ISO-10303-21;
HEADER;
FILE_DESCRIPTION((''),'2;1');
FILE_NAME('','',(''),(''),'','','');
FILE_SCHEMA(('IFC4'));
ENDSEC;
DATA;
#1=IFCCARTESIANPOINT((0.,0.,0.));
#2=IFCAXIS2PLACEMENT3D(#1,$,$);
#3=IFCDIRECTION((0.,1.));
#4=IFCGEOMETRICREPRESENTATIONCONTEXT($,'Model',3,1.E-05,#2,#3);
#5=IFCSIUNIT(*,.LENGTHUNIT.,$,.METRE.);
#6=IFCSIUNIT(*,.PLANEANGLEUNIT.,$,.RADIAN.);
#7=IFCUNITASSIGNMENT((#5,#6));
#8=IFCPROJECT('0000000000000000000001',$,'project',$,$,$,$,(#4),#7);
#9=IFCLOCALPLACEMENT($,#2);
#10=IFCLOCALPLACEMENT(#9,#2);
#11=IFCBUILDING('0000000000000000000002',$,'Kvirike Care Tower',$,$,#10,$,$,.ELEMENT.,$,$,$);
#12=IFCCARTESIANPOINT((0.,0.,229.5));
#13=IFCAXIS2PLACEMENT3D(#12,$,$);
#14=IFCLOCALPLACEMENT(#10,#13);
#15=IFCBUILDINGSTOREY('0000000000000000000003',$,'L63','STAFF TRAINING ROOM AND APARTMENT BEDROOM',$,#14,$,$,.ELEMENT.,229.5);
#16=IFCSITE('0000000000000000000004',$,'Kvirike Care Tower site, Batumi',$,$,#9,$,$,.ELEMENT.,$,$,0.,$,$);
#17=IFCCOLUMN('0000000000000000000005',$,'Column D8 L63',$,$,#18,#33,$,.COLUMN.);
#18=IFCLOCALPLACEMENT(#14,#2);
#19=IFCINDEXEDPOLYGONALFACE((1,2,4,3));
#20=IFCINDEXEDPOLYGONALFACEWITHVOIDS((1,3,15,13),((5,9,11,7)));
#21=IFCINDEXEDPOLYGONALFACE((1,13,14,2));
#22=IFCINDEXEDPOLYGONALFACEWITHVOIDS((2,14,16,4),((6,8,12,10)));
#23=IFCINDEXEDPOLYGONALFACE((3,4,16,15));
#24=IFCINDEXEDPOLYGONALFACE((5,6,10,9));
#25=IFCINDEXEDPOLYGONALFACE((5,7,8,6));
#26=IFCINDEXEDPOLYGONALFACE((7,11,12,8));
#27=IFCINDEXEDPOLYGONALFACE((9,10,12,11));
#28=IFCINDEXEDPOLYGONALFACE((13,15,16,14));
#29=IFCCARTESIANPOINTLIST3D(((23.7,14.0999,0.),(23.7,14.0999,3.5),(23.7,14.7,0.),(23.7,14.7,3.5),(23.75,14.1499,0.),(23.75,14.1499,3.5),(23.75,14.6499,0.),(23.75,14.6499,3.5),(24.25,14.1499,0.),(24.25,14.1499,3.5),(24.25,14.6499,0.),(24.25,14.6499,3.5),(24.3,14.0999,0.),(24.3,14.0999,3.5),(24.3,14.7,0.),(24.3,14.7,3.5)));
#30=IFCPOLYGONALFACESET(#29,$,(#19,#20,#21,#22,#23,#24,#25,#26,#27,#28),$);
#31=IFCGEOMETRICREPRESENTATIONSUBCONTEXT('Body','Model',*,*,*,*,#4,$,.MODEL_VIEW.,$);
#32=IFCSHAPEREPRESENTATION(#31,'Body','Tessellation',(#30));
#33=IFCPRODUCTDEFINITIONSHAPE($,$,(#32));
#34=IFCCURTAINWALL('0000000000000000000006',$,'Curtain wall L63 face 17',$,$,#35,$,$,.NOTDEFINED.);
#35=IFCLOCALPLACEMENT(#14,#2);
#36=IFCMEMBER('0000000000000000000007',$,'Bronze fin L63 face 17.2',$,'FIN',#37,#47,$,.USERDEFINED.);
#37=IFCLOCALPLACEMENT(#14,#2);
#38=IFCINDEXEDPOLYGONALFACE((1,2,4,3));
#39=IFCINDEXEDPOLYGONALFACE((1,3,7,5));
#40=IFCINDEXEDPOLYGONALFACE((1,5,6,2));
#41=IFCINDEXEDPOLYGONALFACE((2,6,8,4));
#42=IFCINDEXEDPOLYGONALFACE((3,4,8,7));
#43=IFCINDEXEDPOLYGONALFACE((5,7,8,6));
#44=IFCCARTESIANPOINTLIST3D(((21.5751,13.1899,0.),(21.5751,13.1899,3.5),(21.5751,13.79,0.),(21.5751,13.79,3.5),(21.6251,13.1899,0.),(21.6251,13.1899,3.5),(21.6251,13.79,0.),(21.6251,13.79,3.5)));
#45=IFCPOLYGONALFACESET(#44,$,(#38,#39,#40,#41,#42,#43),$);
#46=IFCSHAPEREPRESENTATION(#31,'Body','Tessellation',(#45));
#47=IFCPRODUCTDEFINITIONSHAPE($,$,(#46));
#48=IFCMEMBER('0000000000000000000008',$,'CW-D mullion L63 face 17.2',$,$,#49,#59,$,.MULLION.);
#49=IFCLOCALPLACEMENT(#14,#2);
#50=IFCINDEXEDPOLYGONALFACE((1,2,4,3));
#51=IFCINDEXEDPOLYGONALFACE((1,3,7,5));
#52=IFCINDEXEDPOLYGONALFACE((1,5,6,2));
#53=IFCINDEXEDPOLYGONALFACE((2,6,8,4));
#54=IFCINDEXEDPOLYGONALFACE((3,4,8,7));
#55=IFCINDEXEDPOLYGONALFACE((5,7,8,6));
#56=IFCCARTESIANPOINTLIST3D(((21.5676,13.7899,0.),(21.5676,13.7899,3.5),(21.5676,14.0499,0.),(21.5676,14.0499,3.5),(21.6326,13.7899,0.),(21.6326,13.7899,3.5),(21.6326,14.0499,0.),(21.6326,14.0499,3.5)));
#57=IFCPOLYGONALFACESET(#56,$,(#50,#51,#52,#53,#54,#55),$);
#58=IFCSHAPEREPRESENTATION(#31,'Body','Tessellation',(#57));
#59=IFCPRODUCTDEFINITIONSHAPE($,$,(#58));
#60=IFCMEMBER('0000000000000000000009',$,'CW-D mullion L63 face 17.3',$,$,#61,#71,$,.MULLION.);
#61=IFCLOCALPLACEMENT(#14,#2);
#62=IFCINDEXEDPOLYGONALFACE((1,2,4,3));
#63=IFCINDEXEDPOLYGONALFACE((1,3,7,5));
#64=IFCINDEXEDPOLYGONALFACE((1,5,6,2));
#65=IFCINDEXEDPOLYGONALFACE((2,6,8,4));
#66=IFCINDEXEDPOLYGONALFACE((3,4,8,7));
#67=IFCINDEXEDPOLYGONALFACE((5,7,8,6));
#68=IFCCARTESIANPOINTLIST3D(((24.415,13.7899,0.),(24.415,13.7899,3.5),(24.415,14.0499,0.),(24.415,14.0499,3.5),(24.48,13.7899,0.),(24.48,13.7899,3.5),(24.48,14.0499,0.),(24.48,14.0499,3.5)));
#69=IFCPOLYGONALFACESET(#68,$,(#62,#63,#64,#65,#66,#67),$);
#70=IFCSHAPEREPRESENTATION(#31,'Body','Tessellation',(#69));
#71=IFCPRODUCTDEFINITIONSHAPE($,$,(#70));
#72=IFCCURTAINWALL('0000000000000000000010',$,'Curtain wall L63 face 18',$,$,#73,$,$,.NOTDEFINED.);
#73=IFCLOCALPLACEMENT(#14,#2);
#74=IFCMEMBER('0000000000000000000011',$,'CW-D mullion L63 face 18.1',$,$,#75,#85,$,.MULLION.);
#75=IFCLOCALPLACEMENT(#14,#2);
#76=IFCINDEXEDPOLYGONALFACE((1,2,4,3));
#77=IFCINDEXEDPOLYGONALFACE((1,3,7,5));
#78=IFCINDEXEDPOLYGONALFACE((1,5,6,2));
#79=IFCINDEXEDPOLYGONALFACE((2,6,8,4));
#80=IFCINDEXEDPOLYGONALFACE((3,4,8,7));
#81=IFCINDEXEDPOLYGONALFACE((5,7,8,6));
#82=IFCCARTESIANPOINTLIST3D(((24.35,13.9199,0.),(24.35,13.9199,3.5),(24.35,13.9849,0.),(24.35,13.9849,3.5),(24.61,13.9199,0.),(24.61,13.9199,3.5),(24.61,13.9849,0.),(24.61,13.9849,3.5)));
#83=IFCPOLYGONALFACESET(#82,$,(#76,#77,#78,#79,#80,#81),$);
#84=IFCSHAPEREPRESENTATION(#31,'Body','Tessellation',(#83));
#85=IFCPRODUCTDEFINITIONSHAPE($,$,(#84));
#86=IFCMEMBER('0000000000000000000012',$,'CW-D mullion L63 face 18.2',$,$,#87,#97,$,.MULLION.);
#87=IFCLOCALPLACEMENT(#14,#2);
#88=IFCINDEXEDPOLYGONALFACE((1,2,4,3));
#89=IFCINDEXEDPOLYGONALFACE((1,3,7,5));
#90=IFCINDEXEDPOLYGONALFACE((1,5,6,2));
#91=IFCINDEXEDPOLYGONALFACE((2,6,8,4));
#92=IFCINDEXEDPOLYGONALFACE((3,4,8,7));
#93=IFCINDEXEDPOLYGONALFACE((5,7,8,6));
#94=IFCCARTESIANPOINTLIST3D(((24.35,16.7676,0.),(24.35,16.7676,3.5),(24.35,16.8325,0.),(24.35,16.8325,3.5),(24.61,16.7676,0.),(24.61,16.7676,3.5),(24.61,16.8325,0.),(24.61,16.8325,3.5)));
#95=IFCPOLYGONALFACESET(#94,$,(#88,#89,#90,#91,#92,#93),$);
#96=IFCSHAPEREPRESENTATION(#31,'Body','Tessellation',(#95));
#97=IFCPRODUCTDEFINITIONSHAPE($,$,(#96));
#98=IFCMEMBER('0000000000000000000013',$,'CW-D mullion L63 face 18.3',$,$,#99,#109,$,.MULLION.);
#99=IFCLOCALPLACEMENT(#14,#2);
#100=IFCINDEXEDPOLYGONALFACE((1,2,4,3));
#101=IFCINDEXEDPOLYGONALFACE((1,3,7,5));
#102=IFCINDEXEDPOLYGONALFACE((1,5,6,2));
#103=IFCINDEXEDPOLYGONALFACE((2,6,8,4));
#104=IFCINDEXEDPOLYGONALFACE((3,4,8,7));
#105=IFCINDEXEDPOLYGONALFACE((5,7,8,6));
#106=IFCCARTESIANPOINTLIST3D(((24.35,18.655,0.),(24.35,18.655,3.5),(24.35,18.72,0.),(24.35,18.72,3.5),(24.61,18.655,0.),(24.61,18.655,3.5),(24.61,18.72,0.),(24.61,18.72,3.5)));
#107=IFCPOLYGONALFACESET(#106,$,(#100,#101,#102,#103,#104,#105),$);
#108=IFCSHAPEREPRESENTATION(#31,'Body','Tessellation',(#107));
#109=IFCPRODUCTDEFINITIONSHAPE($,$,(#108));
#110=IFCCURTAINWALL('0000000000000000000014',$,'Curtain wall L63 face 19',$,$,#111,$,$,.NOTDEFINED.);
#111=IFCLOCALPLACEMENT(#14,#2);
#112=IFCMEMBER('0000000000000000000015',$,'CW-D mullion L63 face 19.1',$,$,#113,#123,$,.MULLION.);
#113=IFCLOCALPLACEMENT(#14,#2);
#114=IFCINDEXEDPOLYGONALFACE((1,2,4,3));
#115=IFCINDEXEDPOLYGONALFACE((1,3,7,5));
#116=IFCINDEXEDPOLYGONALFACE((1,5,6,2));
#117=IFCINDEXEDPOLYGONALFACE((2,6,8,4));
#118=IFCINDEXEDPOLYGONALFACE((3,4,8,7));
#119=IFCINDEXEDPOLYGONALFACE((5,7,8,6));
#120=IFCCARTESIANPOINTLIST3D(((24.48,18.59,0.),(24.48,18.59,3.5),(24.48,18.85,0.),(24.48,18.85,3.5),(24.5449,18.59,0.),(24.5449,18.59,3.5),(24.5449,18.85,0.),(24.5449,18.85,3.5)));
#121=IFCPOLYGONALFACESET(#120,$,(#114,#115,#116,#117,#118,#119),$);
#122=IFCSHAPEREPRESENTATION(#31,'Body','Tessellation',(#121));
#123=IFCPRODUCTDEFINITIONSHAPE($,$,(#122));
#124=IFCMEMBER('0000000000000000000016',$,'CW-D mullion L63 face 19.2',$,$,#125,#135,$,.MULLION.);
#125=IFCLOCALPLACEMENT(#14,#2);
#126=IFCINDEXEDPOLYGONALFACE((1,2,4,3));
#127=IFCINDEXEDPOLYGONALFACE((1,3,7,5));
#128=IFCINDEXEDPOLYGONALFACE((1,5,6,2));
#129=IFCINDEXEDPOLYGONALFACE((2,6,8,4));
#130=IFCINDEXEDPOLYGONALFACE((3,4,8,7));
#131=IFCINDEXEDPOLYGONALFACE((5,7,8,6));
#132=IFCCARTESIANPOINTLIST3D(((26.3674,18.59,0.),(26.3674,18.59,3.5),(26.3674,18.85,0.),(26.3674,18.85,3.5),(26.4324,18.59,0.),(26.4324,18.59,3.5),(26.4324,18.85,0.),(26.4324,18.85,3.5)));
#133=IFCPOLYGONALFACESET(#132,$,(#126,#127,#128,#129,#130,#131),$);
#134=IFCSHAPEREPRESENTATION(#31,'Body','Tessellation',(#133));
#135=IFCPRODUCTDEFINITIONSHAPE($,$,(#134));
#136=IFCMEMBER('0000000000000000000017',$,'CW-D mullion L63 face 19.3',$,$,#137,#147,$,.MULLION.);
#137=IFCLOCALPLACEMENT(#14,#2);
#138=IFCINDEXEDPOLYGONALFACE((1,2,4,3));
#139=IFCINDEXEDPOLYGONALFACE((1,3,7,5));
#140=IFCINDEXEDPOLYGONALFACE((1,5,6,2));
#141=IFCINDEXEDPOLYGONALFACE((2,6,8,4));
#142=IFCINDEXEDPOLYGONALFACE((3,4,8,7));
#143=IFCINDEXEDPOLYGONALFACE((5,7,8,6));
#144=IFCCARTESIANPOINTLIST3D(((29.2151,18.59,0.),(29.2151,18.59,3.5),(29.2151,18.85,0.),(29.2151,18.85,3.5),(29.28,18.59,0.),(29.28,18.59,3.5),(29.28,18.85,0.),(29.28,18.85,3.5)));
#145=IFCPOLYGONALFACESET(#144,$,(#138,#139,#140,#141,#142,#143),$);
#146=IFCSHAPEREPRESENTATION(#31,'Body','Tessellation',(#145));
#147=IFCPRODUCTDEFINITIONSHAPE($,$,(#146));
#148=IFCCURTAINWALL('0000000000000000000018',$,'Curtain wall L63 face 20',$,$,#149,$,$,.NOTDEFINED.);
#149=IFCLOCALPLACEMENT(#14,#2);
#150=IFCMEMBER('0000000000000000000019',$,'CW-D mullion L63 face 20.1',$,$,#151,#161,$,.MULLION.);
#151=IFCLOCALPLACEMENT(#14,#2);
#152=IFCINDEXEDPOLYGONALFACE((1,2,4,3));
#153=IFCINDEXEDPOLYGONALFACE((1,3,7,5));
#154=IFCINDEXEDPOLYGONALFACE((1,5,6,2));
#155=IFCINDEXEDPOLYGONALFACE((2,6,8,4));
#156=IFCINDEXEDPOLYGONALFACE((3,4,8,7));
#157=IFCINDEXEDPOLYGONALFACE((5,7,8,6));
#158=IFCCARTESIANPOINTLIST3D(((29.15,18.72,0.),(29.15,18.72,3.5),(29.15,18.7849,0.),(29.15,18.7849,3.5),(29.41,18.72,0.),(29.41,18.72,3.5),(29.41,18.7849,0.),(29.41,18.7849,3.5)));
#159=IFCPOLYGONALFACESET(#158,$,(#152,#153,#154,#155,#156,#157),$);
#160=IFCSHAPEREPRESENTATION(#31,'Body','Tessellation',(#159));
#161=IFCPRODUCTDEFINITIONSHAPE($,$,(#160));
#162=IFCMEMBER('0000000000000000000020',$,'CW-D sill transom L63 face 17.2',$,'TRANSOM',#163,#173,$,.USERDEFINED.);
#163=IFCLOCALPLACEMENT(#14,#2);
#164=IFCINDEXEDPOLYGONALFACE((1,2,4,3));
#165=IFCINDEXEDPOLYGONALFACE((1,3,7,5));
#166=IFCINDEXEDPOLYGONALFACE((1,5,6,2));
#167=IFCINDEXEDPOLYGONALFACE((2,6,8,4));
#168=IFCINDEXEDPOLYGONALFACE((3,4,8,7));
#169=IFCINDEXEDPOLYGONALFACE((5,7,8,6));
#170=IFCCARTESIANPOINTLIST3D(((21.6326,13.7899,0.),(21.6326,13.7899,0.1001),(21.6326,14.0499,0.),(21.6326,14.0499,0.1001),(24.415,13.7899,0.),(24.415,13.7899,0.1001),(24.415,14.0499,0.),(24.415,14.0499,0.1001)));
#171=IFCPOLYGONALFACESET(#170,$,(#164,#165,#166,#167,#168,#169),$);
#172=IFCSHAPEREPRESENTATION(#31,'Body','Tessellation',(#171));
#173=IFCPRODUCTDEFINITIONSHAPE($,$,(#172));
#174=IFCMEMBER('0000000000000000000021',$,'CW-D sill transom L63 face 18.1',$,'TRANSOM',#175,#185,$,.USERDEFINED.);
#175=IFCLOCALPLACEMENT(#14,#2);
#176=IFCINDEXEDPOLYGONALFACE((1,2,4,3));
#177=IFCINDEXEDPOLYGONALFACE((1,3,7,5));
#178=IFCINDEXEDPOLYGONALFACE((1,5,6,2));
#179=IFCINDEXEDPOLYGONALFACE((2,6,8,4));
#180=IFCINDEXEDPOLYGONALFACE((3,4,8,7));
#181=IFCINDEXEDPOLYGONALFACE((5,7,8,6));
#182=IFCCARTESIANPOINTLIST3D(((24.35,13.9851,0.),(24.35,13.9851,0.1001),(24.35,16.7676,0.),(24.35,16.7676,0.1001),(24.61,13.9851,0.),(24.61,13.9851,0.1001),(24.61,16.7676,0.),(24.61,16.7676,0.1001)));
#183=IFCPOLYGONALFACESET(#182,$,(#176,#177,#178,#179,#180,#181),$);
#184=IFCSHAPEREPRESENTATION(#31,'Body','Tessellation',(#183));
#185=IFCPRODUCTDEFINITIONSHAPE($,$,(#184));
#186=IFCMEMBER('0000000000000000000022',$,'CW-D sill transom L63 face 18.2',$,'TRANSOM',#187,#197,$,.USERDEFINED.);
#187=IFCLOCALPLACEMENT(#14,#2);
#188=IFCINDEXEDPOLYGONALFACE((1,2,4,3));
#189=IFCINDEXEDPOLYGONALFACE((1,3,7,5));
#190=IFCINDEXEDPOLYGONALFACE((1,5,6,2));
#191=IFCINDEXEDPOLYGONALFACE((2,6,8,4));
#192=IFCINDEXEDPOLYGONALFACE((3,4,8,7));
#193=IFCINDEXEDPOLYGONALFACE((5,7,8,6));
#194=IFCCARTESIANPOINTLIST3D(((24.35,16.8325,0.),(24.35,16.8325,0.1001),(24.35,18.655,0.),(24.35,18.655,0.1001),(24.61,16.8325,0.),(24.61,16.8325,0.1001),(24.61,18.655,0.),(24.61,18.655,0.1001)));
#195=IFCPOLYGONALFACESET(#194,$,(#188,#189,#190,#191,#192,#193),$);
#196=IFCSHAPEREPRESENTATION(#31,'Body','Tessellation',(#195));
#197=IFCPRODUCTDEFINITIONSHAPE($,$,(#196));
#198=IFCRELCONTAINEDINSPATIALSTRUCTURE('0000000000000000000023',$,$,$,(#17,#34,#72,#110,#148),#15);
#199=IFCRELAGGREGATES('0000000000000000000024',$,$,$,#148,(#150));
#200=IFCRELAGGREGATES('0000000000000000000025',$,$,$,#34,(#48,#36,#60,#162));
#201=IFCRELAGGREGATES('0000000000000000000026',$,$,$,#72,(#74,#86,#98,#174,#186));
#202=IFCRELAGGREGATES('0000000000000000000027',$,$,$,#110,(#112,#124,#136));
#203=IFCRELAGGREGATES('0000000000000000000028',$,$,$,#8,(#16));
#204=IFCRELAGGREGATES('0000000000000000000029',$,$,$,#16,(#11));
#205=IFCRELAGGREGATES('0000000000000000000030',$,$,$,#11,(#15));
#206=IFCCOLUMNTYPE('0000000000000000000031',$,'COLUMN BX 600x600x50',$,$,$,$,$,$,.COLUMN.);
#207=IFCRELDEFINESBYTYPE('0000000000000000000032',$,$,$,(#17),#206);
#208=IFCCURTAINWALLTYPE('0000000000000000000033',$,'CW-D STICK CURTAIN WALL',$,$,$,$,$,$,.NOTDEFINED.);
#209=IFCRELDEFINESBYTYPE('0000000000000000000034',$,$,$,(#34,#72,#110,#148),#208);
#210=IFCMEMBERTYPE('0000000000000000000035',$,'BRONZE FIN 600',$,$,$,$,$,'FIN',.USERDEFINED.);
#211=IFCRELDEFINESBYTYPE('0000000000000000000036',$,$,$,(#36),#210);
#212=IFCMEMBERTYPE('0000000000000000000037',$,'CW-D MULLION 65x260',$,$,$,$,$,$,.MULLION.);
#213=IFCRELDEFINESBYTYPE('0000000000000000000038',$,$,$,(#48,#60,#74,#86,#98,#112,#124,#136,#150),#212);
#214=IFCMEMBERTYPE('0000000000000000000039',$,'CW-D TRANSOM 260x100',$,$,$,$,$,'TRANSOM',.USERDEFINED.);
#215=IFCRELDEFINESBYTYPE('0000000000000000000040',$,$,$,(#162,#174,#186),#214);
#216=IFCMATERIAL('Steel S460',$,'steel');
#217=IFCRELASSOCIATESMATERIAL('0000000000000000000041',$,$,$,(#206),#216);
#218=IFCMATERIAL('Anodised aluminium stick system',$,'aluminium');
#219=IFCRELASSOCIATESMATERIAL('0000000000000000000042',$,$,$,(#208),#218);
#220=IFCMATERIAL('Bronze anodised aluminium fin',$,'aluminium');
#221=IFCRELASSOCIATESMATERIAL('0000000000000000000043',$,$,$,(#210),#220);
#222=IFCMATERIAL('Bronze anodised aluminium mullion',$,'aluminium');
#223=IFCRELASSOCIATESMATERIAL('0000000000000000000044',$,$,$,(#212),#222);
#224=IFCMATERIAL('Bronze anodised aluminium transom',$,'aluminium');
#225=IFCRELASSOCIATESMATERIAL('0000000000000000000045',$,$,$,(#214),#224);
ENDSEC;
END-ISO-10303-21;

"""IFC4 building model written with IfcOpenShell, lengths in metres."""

from ifc_helpers import new_model, si_unit, direction, frame, origin, origin_2d, place, context, subcontext, project, spatial, rectangle, hollow_rectangle, extrude, material, material_profile, profile_set, type_object, element, aggregate, save


model = new_model("IFC4")

# Units and contexts
model_context = context("Model", 3, precision=1e-05, world=origin(), true_north=direction((0.0, 1.0)))
body_context = subcontext(model_context, "Body", "Model", "MODEL_VIEW")
ifc_project = project(units=[si_unit("LENGTHUNIT", "METRE"), si_unit("PLANEANGLEUNIT", "RADIAN")], contexts=[model_context])

# Site, building, storey
site_placement = place(None, origin())
site = spatial("IfcSite", under=ifc_project, at=site_placement, Name="Kvirike Care Tower site, Batumi", CompositionType="ELEMENT", RefElevation=0.0)
building_placement = place(site_placement, origin())
building = spatial("IfcBuilding", under=site, at=building_placement, Name="Kvirike Care Tower", CompositionType="ELEMENT")
storey_placement = place(building_placement, frame((0.0, 0.0, 229.5)))
storey = spatial("IfcBuildingStorey", under=building, at=storey_placement, Name="L63", Description="STAFF TRAINING ROOM AND APARTMENT BEDROOM", CompositionType="ELEMENT", Elevation=229.5)

# Column
ifc_material_1 = material(Name="Steel S460", Category="steel")
ifc_material_profile_1 = material_profile(ifc_material_1, hollow_rectangle(XDim=0.6001, YDim=0.6001, WallThickness=0.05, at=origin_2d()), Name="BX 600x600x50")
ifc_profile_set_1 = profile_set([ifc_material_profile_1], Name="Steel S460")
column_type = type_object("IfcColumnType", Name="COLUMN BX 600x600x50", PredefinedType="COLUMN", material=ifc_profile_set_1)
column_placement = place(storey_placement, frame((24.0, 14.3999, 0.0), z_axis=(0.0, 0.0, 1.0), x_axis=(0.0, 1.0, 0.0)))
element("IfcColumn", 1, at=column_placement, inside=storey, type_object=column_type, Name="Column D8 L63", PredefinedType="COLUMN", context=body_context, shape_type="SweptSolid", body=[
    extrude(hollow_rectangle(XDim=0.6001, YDim=0.6001, WallThickness=0.05, at=origin_2d()), origin(), (0.0, 0.0, 1.0), 3.5),
])

# Curtain walls, members
ifc_material_2 = material(Name="Anodised aluminium stick system", Category="aluminium")
curtain_wall_type = type_object("IfcCurtainWallType", Name="CW-D STICK CURTAIN WALL", PredefinedType="NOTDEFINED", material=ifc_material_2)
curtain_wall_1_placement = place(storey_placement, origin())
curtain_wall_1 = element("IfcCurtainWall", 2, at=curtain_wall_1_placement, inside=storey, type_object=curtain_wall_type, Name="Curtain wall L63 face 17", PredefinedType="NOTDEFINED")
ifc_material_3 = material(Name="Bronze anodised aluminium fin", Category="aluminium")
ifc_material_profile_2 = material_profile(ifc_material_3, rectangle(XDim=0.05, YDim=0.6001, at=origin_2d()), Name="BRONZE FIN 600")
ifc_profile_set_2 = profile_set([ifc_material_profile_2], Name="Bronze anodised aluminium fin")
member_type_1 = type_object("IfcMemberType", Name="BRONZE FIN 600", ElementType="FIN", PredefinedType="USERDEFINED", material=ifc_profile_set_2)
member_1_placement = place(storey_placement, frame((21.6001, 13.49, 0.0), z_axis=(0.0, 0.0, 1.0), x_axis=(1.0, 0.0, 0.0)))
member_1 = element("IfcMember", 3, at=member_1_placement, type_object=member_type_1, Name="Bronze fin L63 face 17.2", ObjectType="FIN", PredefinedType="USERDEFINED", context=body_context, shape_type="SweptSolid", body=[
    extrude(rectangle(XDim=0.05, YDim=0.6001, at=origin_2d()), origin(), (0.0, 0.0, 1.0), 3.5),
])
ifc_material_4 = material(Name="Bronze anodised aluminium mullion", Category="aluminium")
ifc_material_profile_3 = material_profile(ifc_material_4, rectangle(XDim=0.0649, YDim=0.26, at=origin_2d()), Name="CW-D MULLION 65x260")
ifc_profile_set_3 = profile_set([ifc_material_profile_3], Name="Bronze anodised aluminium mullion")
member_type_2 = type_object("IfcMemberType", Name="CW-D MULLION 65x260", PredefinedType="MULLION", material=ifc_profile_set_3)
member_2_placement = place(storey_placement, frame((21.6001, 13.9199, 0.0), z_axis=(0.0, 0.0, 1.0), x_axis=(1.0, 0.0, 0.0)))
member_2 = element("IfcMember", 4, at=member_2_placement, type_object=member_type_2, Name="CW-D mullion L63 face 17.2", PredefinedType="MULLION", context=body_context, shape_type="SweptSolid", body=[
    extrude(rectangle(XDim=0.0649, YDim=0.26, at=origin_2d()), origin(), (0.0, 0.0, 1.0), 3.5),
])
member_3_placement = place(storey_placement, frame((24.4475, 13.9199, 0.0), z_axis=(0.0, 0.0, 1.0), x_axis=(1.0, 0.0, 0.0)))
member_3 = element("IfcMember", 5, at=member_3_placement, type_object=member_type_2, Name="CW-D mullion L63 face 17.3", PredefinedType="MULLION", context=body_context, shape_type="SweptSolid", body=[
    extrude(rectangle(XDim=0.0649, YDim=0.26, at=origin_2d()), origin(), (0.0, 0.0, 1.0), 3.5),
])
curtain_wall_2_placement = place(storey_placement, origin())
curtain_wall_2 = element("IfcCurtainWall", 6, at=curtain_wall_2_placement, inside=storey, type_object=curtain_wall_type, Name="Curtain wall L63 face 18", PredefinedType="NOTDEFINED")
member_4_placement = place(storey_placement, frame((24.48, 13.9524, 0.0), z_axis=(0.0, 0.0, 1.0), x_axis=(0.0, 1.0, 0.0)))
member_4 = element("IfcMember", 7, at=member_4_placement, type_object=member_type_2, Name="CW-D mullion L63 face 18.1", PredefinedType="MULLION", context=body_context, shape_type="SweptSolid", body=[
    extrude(rectangle(XDim=0.0649, YDim=0.26, at=origin_2d()), origin(), (0.0, 0.0, 1.0), 3.5),
])
member_5_placement = place(storey_placement, frame((24.48, 16.8, 0.0), z_axis=(0.0, 0.0, 1.0), x_axis=(0.0, 1.0, 0.0)))
member_5 = element("IfcMember", 8, at=member_5_placement, type_object=member_type_2, Name="CW-D mullion L63 face 18.2", PredefinedType="MULLION", context=body_context, shape_type="SweptSolid", body=[
    extrude(rectangle(XDim=0.0649, YDim=0.26, at=origin_2d()), origin(), (0.0, 0.0, 1.0), 3.5),
])
member_6_placement = place(storey_placement, frame((24.48, 18.6875, 0.0), z_axis=(0.0, 0.0, 1.0), x_axis=(0.0, 1.0, 0.0)))
member_6 = element("IfcMember", 9, at=member_6_placement, type_object=member_type_2, Name="CW-D mullion L63 face 18.3", PredefinedType="MULLION", context=body_context, shape_type="SweptSolid", body=[
    extrude(rectangle(XDim=0.0649, YDim=0.26, at=origin_2d()), origin(), (0.0, 0.0, 1.0), 3.5),
])
curtain_wall_3_placement = place(storey_placement, origin())
curtain_wall_3 = element("IfcCurtainWall", 10, at=curtain_wall_3_placement, inside=storey, type_object=curtain_wall_type, Name="Curtain wall L63 face 19", PredefinedType="NOTDEFINED")
member_7_placement = place(storey_placement, frame((24.5125, 18.72, 0.0), z_axis=(0.0, 0.0, 1.0), x_axis=(1.0, 0.0, 0.0)))
member_7 = element("IfcMember", 11, at=member_7_placement, type_object=member_type_2, Name="CW-D mullion L63 face 19.1", PredefinedType="MULLION", context=body_context, shape_type="SweptSolid", body=[
    extrude(rectangle(XDim=0.0649, YDim=0.26, at=origin_2d()), origin(), (0.0, 0.0, 1.0), 3.5),
])
member_8_placement = place(storey_placement, frame((26.3999, 18.72, 0.0), z_axis=(0.0, 0.0, 1.0), x_axis=(1.0, 0.0, 0.0)))
member_8 = element("IfcMember", 12, at=member_8_placement, type_object=member_type_2, Name="CW-D mullion L63 face 19.2", PredefinedType="MULLION", context=body_context, shape_type="SweptSolid", body=[
    extrude(rectangle(XDim=0.0649, YDim=0.26, at=origin_2d()), origin(), (0.0, 0.0, 1.0), 3.5),
])
member_9_placement = place(storey_placement, frame((29.2476, 18.72, 0.0), z_axis=(0.0, 0.0, 1.0), x_axis=(1.0, 0.0, 0.0)))
member_9 = element("IfcMember", 13, at=member_9_placement, type_object=member_type_2, Name="CW-D mullion L63 face 19.3", PredefinedType="MULLION", context=body_context, shape_type="SweptSolid", body=[
    extrude(rectangle(XDim=0.0649, YDim=0.26, at=origin_2d()), origin(), (0.0, 0.0, 1.0), 3.5),
])

# Curtain wall, member
curtain_wall_4_placement = place(storey_placement, origin())
curtain_wall_4 = element("IfcCurtainWall", 14, at=curtain_wall_4_placement, inside=storey, type_object=curtain_wall_type, Name="Curtain wall L63 face 20", PredefinedType="NOTDEFINED")
member_10_placement = place(storey_placement, frame((29.28, 18.7524, 0.0), z_axis=(0.0, 0.0, 1.0), x_axis=(0.0, 1.0, 0.0)))
member_10 = element("IfcMember", 15, at=member_10_placement, type_object=member_type_2, Name="CW-D mullion L63 face 20.1", PredefinedType="MULLION", context=body_context, shape_type="SweptSolid", body=[
    extrude(rectangle(XDim=0.0649, YDim=0.26, at=origin_2d()), origin(), (0.0, 0.0, 1.0), 3.5),
])
aggregate(curtain_wall_4, [member_10])

# Members
ifc_material_5 = material(Name="Bronze anodised aluminium transom", Category="aluminium")
ifc_material_profile_4 = material_profile(ifc_material_5, rectangle(XDim=0.26, YDim=0.1001, at=origin_2d()), Name="CW-D TRANSOM 260x100")
ifc_profile_set_4 = profile_set([ifc_material_profile_4], Name="Bronze anodised aluminium transom")
member_type_3 = type_object("IfcMemberType", Name="CW-D TRANSOM 260x100", ElementType="TRANSOM", PredefinedType="USERDEFINED", material=ifc_profile_set_4)
member_11_placement = place(storey_placement, frame((21.6326, 13.9199, 0.05), z_axis=(1.0, 0.0, 0.0), x_axis=(0.0, 1.0, 0.0)))
member_11 = element("IfcMember", 16, at=member_11_placement, type_object=member_type_3, Name="CW-D sill transom L63 face 17.2", ObjectType="TRANSOM", PredefinedType="USERDEFINED", context=body_context, shape_type="SweptSolid", body=[
    extrude(rectangle(XDim=0.26, YDim=0.1001, at=origin_2d()), origin(), (0.0, 0.0, 1.0), 2.7825),
])
member_12_placement = place(storey_placement, frame((24.48, 13.9851, 0.05), z_axis=(0.0, 1.0, 0.0), x_axis=(-1.0, 0.0, 0.0)))
member_12 = element("IfcMember", 17, at=member_12_placement, type_object=member_type_3, Name="CW-D sill transom L63 face 18.1", ObjectType="TRANSOM", PredefinedType="USERDEFINED", context=body_context, shape_type="SweptSolid", body=[
    extrude(rectangle(XDim=0.26, YDim=0.1001, at=origin_2d()), origin(), (0.0, 0.0, 1.0), 2.7825),
])
member_13_placement = place(storey_placement, frame((24.48, 16.8325, 0.05), z_axis=(0.0, 1.0, 0.0), x_axis=(-1.0, 0.0, 0.0)))
member_13 = element("IfcMember", 18, at=member_13_placement, type_object=member_type_3, Name="CW-D sill transom L63 face 18.2", ObjectType="TRANSOM", PredefinedType="USERDEFINED", context=body_context, shape_type="SweptSolid", body=[
    extrude(rectangle(XDim=0.26, YDim=0.1001, at=origin_2d()), origin(), (0.0, 0.0, 1.0), 1.8225),
])

aggregate(curtain_wall_1, [member_2, member_1, member_3, member_11])
aggregate(curtain_wall_2, [member_4, member_5, member_6, member_12, member_13])
aggregate(curtain_wall_3, [member_7, member_8, member_9])

save(model, "model.ifc")
